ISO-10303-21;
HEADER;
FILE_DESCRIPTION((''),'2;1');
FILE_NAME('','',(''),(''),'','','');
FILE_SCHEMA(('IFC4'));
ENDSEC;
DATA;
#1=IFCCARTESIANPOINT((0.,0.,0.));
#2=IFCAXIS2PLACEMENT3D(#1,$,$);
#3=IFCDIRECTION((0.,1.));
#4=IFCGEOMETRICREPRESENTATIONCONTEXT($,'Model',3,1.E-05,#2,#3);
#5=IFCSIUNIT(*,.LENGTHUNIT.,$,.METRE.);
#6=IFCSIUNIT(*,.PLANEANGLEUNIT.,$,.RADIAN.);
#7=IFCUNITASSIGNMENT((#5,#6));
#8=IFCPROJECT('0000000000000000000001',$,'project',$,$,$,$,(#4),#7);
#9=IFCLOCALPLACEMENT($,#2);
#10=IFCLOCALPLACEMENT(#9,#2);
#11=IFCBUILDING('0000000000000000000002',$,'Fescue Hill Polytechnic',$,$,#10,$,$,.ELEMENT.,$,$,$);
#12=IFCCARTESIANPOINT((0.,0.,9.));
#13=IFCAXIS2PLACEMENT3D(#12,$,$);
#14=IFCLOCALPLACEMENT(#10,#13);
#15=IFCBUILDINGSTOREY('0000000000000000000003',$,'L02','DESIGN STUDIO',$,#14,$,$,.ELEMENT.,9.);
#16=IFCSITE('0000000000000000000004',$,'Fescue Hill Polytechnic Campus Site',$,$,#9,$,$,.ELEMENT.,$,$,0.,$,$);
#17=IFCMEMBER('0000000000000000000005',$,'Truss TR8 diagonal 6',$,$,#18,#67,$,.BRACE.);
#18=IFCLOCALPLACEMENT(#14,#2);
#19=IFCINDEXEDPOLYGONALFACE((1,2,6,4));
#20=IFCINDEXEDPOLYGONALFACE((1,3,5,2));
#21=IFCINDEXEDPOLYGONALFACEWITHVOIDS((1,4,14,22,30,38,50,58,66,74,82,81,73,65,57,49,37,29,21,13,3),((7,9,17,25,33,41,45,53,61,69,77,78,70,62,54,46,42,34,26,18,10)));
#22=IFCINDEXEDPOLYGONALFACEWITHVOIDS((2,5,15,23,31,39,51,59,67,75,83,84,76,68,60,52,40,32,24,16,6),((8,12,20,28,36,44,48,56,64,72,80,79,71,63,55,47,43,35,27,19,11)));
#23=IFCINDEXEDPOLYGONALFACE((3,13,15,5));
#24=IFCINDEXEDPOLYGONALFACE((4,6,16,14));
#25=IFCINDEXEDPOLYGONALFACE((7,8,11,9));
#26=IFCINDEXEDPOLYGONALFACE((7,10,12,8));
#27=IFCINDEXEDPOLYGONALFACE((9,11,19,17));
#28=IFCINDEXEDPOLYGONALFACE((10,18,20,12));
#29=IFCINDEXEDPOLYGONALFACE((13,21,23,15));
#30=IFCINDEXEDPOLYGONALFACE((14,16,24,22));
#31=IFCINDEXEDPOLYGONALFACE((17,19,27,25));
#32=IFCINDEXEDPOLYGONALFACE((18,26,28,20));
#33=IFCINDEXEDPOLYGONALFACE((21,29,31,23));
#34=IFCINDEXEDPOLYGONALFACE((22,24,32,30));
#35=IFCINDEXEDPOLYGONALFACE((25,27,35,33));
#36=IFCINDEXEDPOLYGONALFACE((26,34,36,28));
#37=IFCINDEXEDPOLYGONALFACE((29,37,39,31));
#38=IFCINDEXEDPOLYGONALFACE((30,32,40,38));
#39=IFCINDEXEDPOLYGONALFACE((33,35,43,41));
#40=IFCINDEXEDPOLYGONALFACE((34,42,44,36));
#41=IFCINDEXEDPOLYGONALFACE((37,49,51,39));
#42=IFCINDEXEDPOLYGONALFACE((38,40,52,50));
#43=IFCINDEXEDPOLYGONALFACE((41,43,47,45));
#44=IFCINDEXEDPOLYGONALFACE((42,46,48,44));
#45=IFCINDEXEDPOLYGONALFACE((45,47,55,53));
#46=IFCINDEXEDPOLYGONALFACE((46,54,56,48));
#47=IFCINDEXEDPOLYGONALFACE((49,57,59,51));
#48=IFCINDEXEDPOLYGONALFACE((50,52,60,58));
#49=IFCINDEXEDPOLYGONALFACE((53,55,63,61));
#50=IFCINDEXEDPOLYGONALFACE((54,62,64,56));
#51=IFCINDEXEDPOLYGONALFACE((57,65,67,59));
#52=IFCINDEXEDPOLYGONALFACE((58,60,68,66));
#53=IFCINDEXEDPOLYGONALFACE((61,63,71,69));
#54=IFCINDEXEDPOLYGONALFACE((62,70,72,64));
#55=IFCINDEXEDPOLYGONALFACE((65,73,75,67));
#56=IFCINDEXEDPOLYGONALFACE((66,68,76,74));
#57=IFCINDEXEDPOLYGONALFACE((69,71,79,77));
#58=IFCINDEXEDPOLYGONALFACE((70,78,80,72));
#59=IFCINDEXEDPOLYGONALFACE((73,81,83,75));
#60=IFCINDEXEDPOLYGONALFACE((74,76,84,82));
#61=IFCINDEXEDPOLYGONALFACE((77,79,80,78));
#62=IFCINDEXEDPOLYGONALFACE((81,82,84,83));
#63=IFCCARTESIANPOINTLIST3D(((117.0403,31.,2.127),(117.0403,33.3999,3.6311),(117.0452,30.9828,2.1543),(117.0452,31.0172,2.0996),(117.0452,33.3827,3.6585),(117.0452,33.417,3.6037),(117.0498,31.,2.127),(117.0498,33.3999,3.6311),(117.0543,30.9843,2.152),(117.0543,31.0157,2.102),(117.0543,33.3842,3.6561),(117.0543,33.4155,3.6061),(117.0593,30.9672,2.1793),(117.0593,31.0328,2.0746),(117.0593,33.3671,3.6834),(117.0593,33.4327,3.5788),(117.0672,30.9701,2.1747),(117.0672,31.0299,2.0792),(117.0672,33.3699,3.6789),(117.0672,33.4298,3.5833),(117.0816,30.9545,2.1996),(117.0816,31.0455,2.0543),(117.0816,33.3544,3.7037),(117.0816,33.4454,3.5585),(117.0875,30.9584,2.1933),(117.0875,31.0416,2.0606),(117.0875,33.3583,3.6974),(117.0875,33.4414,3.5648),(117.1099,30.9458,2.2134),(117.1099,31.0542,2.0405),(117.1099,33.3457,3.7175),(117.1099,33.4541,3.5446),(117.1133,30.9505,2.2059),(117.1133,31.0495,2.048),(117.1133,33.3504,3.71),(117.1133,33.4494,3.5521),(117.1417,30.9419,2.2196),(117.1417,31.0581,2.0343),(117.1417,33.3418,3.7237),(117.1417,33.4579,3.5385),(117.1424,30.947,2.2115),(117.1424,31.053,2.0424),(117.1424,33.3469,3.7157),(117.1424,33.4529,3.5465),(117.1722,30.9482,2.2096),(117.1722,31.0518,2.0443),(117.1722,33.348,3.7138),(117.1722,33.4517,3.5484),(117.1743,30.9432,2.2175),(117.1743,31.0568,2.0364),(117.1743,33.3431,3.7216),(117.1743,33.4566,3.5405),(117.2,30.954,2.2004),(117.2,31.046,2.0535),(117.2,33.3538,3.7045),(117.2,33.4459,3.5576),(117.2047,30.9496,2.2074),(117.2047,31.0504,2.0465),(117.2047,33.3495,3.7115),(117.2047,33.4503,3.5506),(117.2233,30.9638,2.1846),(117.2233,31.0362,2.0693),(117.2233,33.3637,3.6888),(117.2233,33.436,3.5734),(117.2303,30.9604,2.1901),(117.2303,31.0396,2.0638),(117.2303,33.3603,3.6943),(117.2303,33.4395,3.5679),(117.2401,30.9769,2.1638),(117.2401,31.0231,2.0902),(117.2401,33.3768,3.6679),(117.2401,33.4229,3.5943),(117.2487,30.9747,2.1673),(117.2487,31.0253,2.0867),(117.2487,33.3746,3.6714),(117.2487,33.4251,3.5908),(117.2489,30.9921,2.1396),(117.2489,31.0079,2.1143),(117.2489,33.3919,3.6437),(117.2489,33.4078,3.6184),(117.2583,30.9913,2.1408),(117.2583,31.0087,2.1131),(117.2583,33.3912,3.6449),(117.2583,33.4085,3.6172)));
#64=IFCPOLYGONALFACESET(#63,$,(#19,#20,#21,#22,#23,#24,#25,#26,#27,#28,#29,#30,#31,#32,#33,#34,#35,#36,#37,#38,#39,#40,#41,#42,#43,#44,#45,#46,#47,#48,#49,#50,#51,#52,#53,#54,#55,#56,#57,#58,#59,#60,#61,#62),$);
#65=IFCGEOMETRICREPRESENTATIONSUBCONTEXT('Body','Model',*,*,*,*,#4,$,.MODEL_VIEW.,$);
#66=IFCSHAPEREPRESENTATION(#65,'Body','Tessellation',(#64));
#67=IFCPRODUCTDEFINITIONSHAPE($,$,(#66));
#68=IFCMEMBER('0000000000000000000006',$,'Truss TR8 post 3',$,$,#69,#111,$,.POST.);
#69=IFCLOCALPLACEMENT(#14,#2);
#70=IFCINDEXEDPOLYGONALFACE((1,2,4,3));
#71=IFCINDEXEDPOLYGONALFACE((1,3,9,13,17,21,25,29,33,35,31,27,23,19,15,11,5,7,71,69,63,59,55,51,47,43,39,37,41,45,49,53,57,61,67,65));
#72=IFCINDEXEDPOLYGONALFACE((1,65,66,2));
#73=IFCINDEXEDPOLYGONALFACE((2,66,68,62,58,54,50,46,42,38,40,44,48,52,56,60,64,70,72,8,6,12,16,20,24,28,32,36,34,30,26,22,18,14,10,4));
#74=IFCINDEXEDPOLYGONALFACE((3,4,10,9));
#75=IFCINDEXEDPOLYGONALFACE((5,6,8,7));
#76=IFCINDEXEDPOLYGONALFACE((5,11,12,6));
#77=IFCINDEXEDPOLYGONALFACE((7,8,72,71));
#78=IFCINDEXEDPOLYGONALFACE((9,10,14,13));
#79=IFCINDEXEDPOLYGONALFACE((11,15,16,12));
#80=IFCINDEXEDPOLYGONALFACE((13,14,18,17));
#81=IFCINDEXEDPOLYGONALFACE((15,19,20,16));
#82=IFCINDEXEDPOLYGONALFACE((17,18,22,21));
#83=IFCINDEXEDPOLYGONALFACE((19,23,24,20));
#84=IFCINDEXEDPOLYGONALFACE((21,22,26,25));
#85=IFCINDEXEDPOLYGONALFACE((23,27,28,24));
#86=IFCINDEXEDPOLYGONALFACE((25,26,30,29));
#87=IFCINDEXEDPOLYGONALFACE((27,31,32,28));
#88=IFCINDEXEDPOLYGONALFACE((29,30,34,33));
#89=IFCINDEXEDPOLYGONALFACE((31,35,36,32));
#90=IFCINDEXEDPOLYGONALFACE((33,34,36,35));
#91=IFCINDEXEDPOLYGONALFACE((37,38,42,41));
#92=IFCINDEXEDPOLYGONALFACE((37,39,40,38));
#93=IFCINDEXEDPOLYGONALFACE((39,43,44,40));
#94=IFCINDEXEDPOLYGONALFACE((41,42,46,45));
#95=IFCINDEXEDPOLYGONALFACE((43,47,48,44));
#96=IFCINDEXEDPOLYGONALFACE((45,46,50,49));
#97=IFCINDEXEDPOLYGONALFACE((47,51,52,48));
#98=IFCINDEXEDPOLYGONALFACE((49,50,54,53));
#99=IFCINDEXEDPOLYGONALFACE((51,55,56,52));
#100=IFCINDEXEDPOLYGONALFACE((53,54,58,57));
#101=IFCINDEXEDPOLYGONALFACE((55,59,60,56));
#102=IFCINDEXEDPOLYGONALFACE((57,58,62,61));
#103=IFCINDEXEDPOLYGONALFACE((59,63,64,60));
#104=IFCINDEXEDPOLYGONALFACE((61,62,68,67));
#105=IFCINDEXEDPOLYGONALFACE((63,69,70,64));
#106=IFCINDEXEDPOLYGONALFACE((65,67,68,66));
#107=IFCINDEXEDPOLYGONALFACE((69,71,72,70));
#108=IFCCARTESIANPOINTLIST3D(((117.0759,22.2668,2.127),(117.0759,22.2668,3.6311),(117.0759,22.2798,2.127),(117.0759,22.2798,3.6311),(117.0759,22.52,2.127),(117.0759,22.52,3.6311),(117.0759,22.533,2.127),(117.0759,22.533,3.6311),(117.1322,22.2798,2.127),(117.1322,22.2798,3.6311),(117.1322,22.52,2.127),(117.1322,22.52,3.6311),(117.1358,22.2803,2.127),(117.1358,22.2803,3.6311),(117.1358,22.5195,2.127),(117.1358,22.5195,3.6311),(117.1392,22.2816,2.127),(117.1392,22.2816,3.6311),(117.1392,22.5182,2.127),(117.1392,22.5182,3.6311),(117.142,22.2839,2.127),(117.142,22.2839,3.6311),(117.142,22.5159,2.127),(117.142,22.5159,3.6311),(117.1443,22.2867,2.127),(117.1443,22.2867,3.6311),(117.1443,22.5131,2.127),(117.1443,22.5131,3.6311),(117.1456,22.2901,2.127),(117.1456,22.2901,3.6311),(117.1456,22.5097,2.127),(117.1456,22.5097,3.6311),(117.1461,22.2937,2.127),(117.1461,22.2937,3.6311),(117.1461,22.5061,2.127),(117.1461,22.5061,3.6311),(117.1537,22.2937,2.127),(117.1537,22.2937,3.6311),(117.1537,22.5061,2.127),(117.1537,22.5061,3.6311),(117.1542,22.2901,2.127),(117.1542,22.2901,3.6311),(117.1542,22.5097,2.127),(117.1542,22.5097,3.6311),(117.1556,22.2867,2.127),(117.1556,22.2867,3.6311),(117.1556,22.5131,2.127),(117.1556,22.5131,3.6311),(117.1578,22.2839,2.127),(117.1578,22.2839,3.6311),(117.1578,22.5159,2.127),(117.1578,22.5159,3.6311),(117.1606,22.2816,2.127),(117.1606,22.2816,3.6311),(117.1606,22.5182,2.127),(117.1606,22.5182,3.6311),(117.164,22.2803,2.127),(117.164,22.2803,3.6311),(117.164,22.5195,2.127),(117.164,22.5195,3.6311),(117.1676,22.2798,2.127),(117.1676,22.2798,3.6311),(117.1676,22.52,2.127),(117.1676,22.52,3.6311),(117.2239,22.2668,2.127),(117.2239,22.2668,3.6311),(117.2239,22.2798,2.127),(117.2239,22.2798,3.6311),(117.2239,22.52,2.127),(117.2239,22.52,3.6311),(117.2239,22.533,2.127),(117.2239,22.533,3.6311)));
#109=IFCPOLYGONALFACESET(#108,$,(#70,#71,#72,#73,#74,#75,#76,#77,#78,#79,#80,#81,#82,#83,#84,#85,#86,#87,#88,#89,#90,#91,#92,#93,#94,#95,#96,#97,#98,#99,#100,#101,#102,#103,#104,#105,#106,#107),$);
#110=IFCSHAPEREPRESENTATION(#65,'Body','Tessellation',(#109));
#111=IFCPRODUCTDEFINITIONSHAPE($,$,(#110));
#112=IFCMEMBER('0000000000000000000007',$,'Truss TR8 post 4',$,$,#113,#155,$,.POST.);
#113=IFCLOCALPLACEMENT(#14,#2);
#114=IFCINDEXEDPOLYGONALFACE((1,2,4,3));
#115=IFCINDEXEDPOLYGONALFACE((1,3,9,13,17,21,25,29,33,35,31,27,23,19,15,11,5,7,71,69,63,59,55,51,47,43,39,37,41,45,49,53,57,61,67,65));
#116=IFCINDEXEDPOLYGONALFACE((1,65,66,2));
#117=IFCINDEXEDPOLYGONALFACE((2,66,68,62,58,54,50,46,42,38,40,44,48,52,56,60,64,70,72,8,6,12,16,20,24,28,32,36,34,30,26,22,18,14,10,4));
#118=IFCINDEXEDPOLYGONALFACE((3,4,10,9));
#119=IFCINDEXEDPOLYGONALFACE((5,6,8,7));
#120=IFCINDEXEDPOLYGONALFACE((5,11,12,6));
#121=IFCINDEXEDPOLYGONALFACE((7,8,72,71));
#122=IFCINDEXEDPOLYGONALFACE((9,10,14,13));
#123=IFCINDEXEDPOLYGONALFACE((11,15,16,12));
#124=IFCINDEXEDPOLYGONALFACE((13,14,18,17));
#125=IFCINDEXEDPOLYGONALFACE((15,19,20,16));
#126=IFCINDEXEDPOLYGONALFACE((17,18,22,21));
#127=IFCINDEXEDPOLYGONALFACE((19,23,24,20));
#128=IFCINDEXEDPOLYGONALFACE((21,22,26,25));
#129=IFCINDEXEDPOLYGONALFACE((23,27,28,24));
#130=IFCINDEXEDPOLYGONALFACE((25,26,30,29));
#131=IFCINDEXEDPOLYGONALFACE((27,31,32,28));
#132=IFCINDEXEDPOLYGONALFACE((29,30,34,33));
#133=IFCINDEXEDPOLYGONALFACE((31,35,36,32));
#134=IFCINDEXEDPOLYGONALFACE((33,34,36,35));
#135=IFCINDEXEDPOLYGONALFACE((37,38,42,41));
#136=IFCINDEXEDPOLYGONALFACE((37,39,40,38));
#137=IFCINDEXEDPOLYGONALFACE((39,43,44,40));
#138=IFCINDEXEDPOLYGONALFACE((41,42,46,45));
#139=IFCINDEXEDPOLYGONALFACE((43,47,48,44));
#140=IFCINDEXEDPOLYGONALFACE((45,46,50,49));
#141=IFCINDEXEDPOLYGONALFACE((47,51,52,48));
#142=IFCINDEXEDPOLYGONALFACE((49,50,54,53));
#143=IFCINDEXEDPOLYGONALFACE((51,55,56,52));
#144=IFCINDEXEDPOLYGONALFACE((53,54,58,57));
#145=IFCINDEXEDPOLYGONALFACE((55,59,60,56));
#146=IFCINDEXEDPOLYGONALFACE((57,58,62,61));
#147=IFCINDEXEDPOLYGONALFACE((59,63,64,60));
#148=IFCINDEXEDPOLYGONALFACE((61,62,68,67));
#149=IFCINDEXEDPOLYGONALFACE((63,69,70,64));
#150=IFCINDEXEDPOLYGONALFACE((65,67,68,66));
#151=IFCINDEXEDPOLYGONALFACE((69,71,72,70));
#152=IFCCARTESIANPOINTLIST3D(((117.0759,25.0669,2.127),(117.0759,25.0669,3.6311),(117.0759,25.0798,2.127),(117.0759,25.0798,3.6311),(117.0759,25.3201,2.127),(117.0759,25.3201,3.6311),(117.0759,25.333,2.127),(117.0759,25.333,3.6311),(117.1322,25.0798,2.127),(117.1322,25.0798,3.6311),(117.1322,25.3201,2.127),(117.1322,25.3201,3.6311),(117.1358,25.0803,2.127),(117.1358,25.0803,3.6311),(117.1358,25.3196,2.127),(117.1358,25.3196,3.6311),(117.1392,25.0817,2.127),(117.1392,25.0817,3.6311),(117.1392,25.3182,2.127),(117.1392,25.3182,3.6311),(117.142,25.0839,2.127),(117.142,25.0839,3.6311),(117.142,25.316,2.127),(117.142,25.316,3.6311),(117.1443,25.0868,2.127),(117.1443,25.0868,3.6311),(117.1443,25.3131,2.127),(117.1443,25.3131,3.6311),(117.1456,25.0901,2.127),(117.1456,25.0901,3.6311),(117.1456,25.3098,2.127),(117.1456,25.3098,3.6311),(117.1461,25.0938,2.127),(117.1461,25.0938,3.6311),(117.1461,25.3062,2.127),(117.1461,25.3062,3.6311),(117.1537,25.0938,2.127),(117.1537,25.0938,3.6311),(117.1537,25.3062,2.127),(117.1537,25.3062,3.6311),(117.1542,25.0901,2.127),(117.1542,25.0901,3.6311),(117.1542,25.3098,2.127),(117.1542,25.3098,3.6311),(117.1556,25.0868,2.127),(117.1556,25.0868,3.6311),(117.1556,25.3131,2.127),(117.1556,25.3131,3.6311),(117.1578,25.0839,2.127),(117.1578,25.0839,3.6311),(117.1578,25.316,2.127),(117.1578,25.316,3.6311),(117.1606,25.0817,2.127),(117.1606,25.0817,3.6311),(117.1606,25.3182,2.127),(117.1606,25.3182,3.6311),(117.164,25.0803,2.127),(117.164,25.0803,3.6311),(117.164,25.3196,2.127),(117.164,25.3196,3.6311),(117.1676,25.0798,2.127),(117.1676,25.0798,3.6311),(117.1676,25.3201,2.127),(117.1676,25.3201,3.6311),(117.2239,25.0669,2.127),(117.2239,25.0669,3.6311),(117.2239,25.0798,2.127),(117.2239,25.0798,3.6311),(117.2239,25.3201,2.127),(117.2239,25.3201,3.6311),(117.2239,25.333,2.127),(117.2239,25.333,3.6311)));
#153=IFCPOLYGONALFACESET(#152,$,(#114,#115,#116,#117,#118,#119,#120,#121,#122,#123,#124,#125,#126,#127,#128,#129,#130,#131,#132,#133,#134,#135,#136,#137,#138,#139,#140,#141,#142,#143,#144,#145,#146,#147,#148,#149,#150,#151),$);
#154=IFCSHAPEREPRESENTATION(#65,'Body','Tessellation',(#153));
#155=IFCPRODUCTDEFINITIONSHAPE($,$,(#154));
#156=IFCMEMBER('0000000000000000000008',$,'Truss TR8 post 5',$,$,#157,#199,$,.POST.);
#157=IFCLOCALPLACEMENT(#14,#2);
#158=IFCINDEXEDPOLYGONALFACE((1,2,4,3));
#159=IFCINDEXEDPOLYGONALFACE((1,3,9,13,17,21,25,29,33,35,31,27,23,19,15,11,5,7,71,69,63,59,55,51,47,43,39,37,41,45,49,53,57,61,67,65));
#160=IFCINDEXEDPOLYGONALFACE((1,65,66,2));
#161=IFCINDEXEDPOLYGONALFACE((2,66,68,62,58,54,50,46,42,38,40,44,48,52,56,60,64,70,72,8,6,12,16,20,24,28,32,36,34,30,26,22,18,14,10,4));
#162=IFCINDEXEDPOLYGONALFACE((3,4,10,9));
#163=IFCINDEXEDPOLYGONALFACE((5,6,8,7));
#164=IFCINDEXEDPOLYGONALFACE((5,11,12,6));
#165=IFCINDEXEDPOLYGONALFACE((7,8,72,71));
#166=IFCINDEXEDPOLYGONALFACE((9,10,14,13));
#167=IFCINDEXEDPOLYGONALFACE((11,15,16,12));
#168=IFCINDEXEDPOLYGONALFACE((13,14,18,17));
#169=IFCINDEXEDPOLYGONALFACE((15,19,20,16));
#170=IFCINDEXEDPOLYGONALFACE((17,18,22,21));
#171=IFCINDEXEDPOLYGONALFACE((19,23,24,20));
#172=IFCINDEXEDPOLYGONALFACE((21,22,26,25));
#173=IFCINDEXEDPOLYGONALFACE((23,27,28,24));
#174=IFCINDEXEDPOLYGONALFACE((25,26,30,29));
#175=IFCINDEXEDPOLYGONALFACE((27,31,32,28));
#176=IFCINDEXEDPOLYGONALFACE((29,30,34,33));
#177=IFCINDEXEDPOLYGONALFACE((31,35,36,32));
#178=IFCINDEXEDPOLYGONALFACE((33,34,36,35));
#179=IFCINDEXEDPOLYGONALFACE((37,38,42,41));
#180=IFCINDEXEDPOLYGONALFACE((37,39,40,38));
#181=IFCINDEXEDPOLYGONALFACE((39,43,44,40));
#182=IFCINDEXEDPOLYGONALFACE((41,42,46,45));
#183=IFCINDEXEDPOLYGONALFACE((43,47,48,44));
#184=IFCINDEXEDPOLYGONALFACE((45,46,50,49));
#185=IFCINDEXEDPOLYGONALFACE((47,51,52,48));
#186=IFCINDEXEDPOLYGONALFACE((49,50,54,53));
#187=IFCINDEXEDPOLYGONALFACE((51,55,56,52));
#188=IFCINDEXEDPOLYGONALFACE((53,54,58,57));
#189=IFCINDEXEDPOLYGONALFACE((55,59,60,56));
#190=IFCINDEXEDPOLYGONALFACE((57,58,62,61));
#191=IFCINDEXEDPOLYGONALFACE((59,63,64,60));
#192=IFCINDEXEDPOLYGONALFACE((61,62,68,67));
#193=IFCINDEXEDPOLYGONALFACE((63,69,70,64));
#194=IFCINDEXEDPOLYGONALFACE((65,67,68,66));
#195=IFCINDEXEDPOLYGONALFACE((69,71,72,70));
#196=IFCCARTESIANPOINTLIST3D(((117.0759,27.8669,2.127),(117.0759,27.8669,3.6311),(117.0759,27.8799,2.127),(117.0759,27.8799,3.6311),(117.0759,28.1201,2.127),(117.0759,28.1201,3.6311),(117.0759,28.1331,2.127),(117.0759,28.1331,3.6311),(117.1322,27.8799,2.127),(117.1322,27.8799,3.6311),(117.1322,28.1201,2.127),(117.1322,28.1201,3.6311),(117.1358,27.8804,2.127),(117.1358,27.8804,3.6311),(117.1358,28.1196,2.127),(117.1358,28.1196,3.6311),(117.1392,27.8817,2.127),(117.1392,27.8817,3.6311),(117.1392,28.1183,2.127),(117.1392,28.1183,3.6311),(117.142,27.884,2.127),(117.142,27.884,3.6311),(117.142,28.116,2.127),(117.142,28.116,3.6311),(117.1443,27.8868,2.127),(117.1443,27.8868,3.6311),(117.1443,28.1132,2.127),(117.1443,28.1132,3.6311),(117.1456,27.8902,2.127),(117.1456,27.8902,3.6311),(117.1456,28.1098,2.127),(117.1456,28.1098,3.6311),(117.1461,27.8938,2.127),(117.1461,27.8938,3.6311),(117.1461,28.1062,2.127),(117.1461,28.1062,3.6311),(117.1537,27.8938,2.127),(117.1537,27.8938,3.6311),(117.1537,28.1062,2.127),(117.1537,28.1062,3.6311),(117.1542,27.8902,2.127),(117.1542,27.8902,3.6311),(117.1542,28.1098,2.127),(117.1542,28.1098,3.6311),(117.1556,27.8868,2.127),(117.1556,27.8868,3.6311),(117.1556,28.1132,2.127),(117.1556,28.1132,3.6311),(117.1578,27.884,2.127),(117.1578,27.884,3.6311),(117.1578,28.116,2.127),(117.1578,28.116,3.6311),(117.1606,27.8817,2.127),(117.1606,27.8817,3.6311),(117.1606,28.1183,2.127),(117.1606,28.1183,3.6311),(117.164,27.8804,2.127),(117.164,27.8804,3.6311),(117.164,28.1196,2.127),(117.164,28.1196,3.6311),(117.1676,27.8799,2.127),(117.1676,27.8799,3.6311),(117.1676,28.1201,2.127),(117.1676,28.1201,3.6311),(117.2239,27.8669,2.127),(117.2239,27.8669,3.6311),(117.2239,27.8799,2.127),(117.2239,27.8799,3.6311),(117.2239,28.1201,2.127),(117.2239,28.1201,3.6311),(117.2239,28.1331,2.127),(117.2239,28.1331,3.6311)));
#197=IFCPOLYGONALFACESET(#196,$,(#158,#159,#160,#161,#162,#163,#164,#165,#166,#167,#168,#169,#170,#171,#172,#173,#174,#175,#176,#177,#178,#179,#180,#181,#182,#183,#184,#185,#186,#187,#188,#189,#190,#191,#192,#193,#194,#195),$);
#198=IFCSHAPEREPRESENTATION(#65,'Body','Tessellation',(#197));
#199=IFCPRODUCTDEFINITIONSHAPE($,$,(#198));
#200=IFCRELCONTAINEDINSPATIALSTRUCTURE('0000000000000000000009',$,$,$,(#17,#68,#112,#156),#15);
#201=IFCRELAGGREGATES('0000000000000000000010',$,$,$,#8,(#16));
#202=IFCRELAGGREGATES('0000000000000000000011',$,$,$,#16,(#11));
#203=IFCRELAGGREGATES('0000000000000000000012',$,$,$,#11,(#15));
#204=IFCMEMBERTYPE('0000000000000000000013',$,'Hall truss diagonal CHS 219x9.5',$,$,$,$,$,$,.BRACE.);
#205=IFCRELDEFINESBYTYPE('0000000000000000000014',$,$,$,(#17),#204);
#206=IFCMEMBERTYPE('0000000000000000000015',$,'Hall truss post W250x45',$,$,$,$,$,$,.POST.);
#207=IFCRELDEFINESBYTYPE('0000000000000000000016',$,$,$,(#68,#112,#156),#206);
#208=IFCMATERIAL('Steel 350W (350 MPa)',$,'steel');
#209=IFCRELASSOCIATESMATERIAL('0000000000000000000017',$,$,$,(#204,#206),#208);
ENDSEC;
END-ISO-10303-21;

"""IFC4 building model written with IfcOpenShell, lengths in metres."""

from ifc_helpers import new_model, si_unit, direction, frame, origin, origin_2d, place, context, subcontext, project, spatial, hollow_circle, i_section, extrude, material, material_profile, profile_set, type_object, element, save


model = new_model("IFC4")

# Units and contexts
model_context = context("Model", 3, precision=1e-05, world=origin(), true_north=direction((0.0, 1.0)))
body_context = subcontext(model_context, "Body", "Model", "MODEL_VIEW")
ifc_project = project(units=[si_unit("LENGTHUNIT", "METRE"), si_unit("PLANEANGLEUNIT", "RADIAN")], contexts=[model_context])

# Site, building, storey
site_placement = place(None, origin())
site = spatial("IfcSite", under=ifc_project, at=site_placement, Name="Fescue Hill Polytechnic Campus Site", CompositionType="ELEMENT", RefElevation=0.0)
building_placement = place(site_placement, origin())
building = spatial("IfcBuilding", under=site, at=building_placement, Name="Fescue Hill Polytechnic", CompositionType="ELEMENT")
storey_placement = place(building_placement, frame((0.0, 0.0, 9.0)))
storey = spatial("IfcBuildingStorey", under=building, at=storey_placement, Name="L02", Description="DESIGN STUDIO", CompositionType="ELEMENT", Elevation=9.0)

# Members
ifc_material_1 = material(Name="Steel 350W (350 MPa)", Category="steel")
ifc_material_profile_1 = material_profile(ifc_material_1, hollow_circle(Radius=0.1096, WallThickness=0.0095, at=origin_2d()), Name="Hall truss diagonal CHS 219x9.5")
ifc_profile_set_1 = profile_set([ifc_material_profile_1], Name="Steel 350W (350 MPa)")
member_type_1 = type_object("IfcMemberType", Name="Hall truss diagonal CHS 219x9.5", PredefinedType="BRACE", material=ifc_profile_set_1)
member_1_placement = place(storey_placement, frame((117.1499, 31.0, 2.127), z_axis=(0.0, 0.847329, 0.531068), x_axis=(-1.0, 0.0, 0.0)))
element("IfcMember", 1, at=member_1_placement, inside=storey, type_object=member_type_1, Name="Truss TR8 diagonal 6", PredefinedType="BRACE", context=body_context, shape_type="SweptSolid", body=[
    extrude(hollow_circle(Radius=0.1096, WallThickness=0.0095, at=origin_2d()), origin(), (0.0, 0.0, 1.0), 2.8323),
])
ifc_material_profile_2 = material_profile(ifc_material_1, i_section(OverallWidth=0.1479, OverallDepth=0.2661, WebThickness=0.0076, FlangeThickness=0.0129, FilletRadius=0.0139, at=origin_2d()), Name="W250x45")
ifc_profile_set_2 = profile_set([ifc_material_profile_2], Name="Steel 350W (350 MPa)")
member_type_2 = type_object("IfcMemberType", Name="Hall truss post W250x45", PredefinedType="POST", material=ifc_profile_set_2)
for number, where, z_axis, x_axis, name in (
    (2, (117.1499, 22.3999, 2.127), (0.0, 0.0, 1.0), (1.0, 0.0, 0.0), "Truss TR8 post 3"),
    (3, (117.1499, 25.2, 2.127), (0.0, 0.0, 1.0), (1.0, 0.0, 0.0), "Truss TR8 post 4"),
    (4, (117.1499, 28.0, 2.127), (0.0, 0.0, 1.0), (1.0, 0.0, 0.0), "Truss TR8 post 5"),
):
    element("IfcMember", number, at=place(storey_placement, frame(where, z_axis=z_axis, x_axis=x_axis)), inside=storey, type_object=member_type_2, Name=name, PredefinedType="POST", context=body_context, shape_type="SweptSolid", body=[
        extrude(i_section(OverallWidth=0.1479, OverallDepth=0.2661, WebThickness=0.0076, FlangeThickness=0.0129, FilletRadius=0.0139, at=origin_2d()), origin(), (0.0, 0.0, 1.0), 1.5042),
    ])

save(model, "model.ifc")
